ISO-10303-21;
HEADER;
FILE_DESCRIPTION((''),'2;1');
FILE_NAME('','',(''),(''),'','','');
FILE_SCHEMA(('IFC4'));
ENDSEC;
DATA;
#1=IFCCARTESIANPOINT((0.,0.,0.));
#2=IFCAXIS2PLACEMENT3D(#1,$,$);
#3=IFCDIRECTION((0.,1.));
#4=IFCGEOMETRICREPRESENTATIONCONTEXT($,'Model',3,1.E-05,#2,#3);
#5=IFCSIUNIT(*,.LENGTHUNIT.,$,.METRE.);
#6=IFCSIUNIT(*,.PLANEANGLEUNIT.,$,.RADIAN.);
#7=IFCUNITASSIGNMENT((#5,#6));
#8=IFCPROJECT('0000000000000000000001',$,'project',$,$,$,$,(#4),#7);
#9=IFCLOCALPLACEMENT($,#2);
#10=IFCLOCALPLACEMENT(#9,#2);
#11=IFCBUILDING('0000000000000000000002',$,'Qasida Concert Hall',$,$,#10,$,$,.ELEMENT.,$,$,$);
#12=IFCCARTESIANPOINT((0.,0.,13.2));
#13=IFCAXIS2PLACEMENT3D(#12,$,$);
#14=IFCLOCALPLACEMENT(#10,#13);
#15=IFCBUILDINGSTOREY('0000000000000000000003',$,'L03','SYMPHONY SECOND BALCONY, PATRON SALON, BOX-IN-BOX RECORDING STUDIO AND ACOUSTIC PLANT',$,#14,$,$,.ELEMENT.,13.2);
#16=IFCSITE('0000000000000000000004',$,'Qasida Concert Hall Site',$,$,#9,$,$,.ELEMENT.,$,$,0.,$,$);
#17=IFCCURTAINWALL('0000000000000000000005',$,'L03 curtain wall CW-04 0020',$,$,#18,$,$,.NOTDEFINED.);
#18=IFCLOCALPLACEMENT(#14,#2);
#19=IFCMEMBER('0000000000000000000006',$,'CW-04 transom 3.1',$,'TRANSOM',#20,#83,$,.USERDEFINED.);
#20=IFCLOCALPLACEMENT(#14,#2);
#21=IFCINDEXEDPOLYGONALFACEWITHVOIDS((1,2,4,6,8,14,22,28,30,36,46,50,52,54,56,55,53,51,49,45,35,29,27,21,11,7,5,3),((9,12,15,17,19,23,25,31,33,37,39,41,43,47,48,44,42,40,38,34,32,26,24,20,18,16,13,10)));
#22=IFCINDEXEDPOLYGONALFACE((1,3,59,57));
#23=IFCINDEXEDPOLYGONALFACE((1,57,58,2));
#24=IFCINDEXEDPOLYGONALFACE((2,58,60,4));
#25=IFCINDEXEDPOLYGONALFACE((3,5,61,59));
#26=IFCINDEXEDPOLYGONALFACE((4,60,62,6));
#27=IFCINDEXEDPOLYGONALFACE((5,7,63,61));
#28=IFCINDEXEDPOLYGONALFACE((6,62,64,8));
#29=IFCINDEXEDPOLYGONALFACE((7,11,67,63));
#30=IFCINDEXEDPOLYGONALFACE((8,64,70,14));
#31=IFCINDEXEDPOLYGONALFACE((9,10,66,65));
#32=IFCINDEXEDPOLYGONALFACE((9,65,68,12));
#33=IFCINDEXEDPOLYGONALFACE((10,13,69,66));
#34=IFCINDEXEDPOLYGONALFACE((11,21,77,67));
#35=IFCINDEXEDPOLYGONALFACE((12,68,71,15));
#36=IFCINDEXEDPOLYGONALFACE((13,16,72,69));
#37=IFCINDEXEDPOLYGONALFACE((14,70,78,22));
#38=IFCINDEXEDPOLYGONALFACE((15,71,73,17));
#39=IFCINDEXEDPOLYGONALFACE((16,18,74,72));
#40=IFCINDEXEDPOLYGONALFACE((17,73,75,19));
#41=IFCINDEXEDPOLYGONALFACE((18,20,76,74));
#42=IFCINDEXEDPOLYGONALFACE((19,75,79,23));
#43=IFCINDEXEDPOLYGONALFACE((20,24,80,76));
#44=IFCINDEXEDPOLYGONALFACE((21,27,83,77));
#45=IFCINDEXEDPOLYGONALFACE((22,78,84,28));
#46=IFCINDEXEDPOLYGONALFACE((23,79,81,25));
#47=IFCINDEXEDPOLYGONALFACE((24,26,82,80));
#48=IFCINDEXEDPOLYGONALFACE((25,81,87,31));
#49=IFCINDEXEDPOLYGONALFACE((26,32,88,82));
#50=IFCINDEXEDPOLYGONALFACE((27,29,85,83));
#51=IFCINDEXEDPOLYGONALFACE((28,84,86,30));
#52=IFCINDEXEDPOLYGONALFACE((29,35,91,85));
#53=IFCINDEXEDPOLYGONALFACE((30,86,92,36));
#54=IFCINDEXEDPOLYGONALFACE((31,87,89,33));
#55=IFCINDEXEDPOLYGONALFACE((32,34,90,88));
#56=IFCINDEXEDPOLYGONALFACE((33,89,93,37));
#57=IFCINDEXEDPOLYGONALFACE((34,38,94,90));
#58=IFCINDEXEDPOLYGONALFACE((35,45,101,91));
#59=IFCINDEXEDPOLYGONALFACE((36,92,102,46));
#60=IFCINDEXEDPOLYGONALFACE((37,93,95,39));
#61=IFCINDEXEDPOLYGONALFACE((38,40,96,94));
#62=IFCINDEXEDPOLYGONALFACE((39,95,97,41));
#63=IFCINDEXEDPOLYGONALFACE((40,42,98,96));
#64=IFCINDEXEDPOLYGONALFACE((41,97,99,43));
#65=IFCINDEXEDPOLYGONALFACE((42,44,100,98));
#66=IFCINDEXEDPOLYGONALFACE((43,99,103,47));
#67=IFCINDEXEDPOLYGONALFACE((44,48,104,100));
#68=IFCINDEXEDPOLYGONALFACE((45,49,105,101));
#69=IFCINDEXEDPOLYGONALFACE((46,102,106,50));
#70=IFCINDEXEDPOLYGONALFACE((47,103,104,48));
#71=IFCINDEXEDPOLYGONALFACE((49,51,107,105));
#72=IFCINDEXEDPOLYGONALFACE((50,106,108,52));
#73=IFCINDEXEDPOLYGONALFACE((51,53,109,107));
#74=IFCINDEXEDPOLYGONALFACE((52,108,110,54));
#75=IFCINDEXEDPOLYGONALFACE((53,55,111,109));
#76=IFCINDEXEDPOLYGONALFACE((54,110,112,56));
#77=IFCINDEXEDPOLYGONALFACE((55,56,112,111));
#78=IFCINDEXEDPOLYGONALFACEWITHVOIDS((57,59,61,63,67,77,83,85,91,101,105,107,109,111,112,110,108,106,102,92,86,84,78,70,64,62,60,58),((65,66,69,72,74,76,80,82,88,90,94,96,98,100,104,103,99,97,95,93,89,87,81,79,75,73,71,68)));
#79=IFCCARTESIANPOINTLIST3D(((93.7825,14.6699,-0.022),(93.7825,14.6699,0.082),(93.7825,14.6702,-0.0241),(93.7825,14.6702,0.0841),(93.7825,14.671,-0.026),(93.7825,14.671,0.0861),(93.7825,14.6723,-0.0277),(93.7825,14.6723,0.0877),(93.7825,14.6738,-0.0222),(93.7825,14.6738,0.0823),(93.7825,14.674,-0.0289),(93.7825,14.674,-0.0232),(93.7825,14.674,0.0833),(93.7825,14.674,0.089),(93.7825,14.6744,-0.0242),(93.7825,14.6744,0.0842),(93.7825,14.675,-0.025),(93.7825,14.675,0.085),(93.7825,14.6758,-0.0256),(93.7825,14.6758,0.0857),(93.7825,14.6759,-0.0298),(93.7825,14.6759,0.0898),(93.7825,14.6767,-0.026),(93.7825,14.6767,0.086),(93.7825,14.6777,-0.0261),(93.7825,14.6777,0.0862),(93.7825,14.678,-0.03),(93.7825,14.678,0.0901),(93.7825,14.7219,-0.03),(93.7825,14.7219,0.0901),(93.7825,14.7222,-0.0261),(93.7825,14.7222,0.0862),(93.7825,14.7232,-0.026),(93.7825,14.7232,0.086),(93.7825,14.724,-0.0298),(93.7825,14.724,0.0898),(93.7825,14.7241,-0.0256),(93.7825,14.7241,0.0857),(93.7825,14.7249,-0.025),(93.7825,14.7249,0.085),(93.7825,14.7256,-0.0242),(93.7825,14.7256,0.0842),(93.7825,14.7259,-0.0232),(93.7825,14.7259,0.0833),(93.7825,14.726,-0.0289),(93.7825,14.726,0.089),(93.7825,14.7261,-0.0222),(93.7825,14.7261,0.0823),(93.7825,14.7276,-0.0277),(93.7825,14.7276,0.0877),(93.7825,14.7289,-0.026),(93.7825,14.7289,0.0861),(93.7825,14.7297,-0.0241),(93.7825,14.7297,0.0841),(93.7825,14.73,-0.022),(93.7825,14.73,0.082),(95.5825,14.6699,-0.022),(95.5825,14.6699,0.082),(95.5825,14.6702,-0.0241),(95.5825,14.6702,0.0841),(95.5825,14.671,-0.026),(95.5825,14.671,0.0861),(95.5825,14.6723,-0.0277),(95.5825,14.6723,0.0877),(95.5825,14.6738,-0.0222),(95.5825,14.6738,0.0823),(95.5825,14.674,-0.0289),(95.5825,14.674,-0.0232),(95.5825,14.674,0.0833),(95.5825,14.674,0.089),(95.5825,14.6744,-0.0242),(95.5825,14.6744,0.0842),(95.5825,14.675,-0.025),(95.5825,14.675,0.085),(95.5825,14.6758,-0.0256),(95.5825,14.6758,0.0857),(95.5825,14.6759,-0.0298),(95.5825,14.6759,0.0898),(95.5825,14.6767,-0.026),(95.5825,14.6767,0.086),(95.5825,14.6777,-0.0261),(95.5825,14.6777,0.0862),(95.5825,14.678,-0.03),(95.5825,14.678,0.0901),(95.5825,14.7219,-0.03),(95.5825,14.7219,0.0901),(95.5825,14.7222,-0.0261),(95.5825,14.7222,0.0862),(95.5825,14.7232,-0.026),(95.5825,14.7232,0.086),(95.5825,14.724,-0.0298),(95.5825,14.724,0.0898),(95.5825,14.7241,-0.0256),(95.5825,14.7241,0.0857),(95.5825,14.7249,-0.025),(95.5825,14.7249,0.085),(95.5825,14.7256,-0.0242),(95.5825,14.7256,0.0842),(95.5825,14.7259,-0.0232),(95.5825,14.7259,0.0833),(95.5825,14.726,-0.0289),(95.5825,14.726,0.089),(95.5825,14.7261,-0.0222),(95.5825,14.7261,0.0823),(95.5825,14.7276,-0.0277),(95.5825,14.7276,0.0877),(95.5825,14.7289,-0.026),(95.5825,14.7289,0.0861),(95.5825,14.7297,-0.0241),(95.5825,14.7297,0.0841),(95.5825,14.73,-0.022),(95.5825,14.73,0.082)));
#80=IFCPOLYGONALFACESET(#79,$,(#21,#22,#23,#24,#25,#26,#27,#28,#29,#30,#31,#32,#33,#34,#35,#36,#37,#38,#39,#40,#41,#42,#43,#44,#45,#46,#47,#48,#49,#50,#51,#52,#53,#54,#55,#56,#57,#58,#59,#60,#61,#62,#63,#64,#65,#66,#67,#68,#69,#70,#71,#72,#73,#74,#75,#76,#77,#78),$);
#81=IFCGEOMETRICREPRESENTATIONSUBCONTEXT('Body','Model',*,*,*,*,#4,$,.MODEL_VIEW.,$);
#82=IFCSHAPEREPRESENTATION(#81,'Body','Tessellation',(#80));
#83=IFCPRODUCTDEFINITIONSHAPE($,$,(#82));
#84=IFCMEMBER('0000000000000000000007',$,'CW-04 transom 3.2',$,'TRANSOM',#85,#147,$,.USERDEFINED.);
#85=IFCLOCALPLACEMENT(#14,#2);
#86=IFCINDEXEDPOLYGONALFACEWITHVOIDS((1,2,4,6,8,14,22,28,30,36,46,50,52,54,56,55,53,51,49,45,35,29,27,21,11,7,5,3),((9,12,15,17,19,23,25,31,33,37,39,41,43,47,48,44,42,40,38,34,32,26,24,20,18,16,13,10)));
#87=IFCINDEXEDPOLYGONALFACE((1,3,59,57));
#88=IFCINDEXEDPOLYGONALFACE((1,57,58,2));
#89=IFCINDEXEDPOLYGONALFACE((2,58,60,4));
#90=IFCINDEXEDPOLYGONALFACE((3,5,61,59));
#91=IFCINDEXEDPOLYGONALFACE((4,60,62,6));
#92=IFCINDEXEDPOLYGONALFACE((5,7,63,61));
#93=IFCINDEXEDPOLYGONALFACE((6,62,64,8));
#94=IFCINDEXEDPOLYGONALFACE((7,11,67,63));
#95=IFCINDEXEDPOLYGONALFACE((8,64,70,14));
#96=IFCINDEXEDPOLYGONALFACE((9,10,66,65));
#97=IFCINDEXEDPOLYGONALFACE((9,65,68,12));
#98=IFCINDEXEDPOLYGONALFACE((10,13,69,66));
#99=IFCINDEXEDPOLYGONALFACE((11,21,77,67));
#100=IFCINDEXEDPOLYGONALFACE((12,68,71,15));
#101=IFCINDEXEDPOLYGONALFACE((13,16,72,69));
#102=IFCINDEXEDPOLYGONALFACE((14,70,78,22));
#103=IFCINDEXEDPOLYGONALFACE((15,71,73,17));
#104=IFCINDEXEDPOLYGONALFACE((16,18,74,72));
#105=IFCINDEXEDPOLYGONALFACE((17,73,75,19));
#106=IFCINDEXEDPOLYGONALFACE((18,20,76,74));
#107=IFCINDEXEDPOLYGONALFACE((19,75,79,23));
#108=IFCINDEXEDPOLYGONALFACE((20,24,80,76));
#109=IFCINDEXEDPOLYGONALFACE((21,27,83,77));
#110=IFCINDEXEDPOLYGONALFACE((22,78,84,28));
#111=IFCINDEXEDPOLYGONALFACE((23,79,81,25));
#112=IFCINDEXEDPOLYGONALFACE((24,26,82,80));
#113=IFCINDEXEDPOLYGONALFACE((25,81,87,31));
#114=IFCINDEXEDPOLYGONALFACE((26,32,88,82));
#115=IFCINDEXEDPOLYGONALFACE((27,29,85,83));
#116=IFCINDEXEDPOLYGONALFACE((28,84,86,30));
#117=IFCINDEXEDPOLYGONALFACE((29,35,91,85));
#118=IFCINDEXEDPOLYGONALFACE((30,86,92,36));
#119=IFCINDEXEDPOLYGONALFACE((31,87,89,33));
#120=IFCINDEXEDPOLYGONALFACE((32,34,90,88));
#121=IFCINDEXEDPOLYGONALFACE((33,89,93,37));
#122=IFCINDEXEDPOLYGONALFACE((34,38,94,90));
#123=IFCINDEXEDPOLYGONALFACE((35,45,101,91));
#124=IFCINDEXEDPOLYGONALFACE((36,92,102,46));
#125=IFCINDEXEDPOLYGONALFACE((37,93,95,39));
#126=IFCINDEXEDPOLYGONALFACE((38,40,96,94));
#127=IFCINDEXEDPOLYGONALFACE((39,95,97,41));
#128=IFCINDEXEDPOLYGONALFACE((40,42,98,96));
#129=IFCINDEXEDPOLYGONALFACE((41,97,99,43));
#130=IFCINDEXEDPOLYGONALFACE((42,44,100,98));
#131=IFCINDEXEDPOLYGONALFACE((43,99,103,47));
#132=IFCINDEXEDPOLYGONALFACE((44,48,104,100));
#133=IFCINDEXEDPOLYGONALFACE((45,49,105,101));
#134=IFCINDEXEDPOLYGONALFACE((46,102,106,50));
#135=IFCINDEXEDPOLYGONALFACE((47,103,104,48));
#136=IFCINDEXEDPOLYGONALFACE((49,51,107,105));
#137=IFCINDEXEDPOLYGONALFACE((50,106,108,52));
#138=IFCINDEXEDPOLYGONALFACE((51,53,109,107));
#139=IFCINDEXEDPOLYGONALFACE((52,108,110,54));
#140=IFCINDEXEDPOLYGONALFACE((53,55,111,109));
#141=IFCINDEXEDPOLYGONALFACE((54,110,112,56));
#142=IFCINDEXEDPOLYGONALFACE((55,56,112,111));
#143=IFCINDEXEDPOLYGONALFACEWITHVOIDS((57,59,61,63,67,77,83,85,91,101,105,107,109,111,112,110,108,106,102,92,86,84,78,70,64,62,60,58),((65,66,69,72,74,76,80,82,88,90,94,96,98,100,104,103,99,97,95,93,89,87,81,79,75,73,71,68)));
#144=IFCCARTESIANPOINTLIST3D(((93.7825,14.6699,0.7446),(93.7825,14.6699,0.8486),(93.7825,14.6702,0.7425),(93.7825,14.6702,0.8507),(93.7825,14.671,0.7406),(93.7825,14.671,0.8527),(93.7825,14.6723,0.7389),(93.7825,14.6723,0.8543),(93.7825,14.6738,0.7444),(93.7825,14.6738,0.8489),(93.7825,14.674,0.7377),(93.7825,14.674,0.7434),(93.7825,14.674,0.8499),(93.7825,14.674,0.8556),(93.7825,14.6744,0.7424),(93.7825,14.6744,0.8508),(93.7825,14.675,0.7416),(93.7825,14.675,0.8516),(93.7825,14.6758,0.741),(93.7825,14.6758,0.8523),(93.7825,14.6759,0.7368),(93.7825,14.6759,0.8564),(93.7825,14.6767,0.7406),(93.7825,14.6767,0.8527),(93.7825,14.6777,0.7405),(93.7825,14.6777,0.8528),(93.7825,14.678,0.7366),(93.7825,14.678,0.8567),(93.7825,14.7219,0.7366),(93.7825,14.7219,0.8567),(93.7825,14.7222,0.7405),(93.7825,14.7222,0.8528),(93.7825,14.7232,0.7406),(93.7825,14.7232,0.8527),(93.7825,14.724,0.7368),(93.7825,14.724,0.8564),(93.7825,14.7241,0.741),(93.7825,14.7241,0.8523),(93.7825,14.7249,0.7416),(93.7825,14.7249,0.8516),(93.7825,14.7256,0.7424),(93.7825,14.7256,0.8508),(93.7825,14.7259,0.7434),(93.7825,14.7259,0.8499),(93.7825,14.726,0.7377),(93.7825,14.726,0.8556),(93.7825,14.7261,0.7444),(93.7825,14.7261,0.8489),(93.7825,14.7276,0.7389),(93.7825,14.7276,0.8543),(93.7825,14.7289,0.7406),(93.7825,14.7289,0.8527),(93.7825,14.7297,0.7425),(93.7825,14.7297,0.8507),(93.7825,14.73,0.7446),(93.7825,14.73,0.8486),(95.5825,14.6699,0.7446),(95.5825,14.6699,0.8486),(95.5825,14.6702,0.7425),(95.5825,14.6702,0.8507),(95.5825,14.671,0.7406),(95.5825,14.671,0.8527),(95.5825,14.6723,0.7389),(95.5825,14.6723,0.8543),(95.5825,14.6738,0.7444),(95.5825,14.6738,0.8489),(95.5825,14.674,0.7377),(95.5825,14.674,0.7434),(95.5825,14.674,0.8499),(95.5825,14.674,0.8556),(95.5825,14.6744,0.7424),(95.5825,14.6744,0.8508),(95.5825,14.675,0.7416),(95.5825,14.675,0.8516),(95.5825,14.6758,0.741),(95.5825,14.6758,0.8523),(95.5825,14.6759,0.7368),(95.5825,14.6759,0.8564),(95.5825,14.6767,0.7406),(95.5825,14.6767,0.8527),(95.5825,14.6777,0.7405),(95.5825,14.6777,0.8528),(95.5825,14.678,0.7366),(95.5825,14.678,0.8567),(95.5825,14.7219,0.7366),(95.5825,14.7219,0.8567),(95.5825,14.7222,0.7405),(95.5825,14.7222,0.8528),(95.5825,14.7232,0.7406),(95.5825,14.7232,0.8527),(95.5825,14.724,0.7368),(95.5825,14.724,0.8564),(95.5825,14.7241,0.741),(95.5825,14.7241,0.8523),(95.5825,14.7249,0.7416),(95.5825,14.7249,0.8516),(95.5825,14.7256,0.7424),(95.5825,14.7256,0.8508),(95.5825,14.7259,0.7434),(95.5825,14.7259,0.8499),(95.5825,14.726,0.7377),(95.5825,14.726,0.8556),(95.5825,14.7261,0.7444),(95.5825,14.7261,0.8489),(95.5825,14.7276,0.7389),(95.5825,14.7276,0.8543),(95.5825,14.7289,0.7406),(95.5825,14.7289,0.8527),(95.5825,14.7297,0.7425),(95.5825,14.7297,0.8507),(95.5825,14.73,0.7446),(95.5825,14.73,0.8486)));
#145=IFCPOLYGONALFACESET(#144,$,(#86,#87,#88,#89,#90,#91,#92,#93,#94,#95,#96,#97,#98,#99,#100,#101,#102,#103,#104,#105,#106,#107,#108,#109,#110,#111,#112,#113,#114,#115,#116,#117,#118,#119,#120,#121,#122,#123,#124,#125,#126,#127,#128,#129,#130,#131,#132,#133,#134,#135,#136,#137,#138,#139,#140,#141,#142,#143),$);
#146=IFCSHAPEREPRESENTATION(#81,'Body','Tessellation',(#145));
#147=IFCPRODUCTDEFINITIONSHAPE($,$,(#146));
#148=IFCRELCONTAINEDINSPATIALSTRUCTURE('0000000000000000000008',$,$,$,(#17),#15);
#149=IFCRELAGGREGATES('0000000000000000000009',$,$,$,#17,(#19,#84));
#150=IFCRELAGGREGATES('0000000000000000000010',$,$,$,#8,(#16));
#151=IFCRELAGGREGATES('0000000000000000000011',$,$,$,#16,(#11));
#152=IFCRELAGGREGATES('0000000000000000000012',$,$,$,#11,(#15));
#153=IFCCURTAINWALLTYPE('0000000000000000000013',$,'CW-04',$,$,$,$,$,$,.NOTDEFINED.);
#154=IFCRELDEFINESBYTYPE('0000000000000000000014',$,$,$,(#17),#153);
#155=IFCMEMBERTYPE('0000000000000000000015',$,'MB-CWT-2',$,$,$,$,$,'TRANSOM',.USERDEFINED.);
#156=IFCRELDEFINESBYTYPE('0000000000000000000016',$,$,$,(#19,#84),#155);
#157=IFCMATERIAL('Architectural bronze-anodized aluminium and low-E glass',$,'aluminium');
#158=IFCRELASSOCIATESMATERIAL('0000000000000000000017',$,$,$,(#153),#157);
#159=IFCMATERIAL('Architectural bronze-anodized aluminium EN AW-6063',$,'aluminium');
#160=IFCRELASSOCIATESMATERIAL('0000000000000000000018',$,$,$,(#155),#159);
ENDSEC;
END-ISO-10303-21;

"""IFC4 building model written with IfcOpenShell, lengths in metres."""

from ifc_helpers import new_model, si_unit, direction, frame, origin, origin_2d, place, context, subcontext, project, spatial, hollow_rectangle, extrude, material, material_profile, profile_set, type_object, element, aggregate, save


model = new_model("IFC4")

# Units and contexts
model_context = context("Model", 3, precision=1e-05, world=origin(), true_north=direction((0.0, 1.0)))
body_context = subcontext(model_context, "Body", "Model", "MODEL_VIEW")
ifc_project = project(units=[si_unit("LENGTHUNIT", "METRE"), si_unit("PLANEANGLEUNIT", "RADIAN")], contexts=[model_context])

# Site, building, storey
site_placement = place(None, origin())
site = spatial("IfcSite", under=ifc_project, at=site_placement, Name="Qasida Concert Hall Site", CompositionType="ELEMENT", RefElevation=0.0)
building_placement = place(site_placement, origin())
building = spatial("IfcBuilding", under=site, at=building_placement, Name="Qasida Concert Hall", CompositionType="ELEMENT")
storey_placement = place(building_placement, frame((0.0, 0.0, 13.2)))
storey = spatial("IfcBuildingStorey", under=building, at=storey_placement, Name="L03", Description="SYMPHONY SECOND BALCONY, PATRON SALON, BOX-IN-BOX RECORDING STUDIO AND ACOUSTIC PLANT", CompositionType="ELEMENT", Elevation=13.2)

# Curtain wall, members
ifc_material_1 = material(Name="Architectural bronze-anodized aluminium and low-E glass", Category="aluminium")
curtain_wall_type = type_object("IfcCurtainWallType", Name="CW-04", PredefinedType="NOTDEFINED", material=ifc_material_1)
curtain_wall_placement = place(storey_placement, origin())
curtain_wall = element("IfcCurtainWall", 1, at=curtain_wall_placement, inside=storey, type_object=curtain_wall_type, Name="L03 curtain wall CW-04 0020", PredefinedType="NOTDEFINED")
ifc_material_2 = material(Name="Architectural bronze-anodized aluminium EN AW-6063", Category="aluminium")
ifc_material_profile_1 = material_profile(ifc_material_2, hollow_rectangle(XDim=0.0601, YDim=0.1201, WallThickness=0.0039, InnerFilletRadius=0.0039, OuterFilletRadius=0.0081, at=origin_2d()), Name="CWT 120x60x4")
ifc_profile_set_1 = profile_set([ifc_material_profile_1], Name="Architectural bronze-anodized aluminium EN AW-6063")
member_type_1 = type_object("IfcMemberType", Name="MB-CWT-2", ElementType="TRANSOM", PredefinedType="USERDEFINED", material=ifc_profile_set_1)
member_1_placement = place(storey_placement, frame((93.7825, 14.7, 0.03), z_axis=(1.0, 0.0, 0.0), x_axis=(0.0, 1.0, 0.0)))
member_1 = element("IfcMember", 2, at=member_1_placement, type_object=member_type_1, Name="CW-04 transom 3.1", ObjectType="TRANSOM", PredefinedType="USERDEFINED", context=body_context, shape_type="SweptSolid", body=[
    extrude(hollow_rectangle(XDim=0.0601, YDim=0.1201, WallThickness=0.0039, InnerFilletRadius=0.0039, OuterFilletRadius=0.0081, at=origin_2d()), origin(), (0.0, 0.0, 1.0), 1.8),
])
member_2_placement = place(storey_placement, frame((93.7825, 14.7, 0.7966), z_axis=(1.0, 0.0, 0.0), x_axis=(0.0, 1.0, 0.0)))
member_2 = element("IfcMember", 3, at=member_2_placement, type_object=member_type_1, Name="CW-04 transom 3.2", ObjectType="TRANSOM", PredefinedType="USERDEFINED", context=body_context, shape_type="SweptSolid", body=[
    extrude(hollow_rectangle(XDim=0.0601, YDim=0.1201, WallThickness=0.0039, InnerFilletRadius=0.0039, OuterFilletRadius=0.0081, at=origin_2d()), origin(), (0.0, 0.0, 1.0), 1.8),
])
aggregate(curtain_wall, [member_1, member_2])

save(model, "model.ifc")
